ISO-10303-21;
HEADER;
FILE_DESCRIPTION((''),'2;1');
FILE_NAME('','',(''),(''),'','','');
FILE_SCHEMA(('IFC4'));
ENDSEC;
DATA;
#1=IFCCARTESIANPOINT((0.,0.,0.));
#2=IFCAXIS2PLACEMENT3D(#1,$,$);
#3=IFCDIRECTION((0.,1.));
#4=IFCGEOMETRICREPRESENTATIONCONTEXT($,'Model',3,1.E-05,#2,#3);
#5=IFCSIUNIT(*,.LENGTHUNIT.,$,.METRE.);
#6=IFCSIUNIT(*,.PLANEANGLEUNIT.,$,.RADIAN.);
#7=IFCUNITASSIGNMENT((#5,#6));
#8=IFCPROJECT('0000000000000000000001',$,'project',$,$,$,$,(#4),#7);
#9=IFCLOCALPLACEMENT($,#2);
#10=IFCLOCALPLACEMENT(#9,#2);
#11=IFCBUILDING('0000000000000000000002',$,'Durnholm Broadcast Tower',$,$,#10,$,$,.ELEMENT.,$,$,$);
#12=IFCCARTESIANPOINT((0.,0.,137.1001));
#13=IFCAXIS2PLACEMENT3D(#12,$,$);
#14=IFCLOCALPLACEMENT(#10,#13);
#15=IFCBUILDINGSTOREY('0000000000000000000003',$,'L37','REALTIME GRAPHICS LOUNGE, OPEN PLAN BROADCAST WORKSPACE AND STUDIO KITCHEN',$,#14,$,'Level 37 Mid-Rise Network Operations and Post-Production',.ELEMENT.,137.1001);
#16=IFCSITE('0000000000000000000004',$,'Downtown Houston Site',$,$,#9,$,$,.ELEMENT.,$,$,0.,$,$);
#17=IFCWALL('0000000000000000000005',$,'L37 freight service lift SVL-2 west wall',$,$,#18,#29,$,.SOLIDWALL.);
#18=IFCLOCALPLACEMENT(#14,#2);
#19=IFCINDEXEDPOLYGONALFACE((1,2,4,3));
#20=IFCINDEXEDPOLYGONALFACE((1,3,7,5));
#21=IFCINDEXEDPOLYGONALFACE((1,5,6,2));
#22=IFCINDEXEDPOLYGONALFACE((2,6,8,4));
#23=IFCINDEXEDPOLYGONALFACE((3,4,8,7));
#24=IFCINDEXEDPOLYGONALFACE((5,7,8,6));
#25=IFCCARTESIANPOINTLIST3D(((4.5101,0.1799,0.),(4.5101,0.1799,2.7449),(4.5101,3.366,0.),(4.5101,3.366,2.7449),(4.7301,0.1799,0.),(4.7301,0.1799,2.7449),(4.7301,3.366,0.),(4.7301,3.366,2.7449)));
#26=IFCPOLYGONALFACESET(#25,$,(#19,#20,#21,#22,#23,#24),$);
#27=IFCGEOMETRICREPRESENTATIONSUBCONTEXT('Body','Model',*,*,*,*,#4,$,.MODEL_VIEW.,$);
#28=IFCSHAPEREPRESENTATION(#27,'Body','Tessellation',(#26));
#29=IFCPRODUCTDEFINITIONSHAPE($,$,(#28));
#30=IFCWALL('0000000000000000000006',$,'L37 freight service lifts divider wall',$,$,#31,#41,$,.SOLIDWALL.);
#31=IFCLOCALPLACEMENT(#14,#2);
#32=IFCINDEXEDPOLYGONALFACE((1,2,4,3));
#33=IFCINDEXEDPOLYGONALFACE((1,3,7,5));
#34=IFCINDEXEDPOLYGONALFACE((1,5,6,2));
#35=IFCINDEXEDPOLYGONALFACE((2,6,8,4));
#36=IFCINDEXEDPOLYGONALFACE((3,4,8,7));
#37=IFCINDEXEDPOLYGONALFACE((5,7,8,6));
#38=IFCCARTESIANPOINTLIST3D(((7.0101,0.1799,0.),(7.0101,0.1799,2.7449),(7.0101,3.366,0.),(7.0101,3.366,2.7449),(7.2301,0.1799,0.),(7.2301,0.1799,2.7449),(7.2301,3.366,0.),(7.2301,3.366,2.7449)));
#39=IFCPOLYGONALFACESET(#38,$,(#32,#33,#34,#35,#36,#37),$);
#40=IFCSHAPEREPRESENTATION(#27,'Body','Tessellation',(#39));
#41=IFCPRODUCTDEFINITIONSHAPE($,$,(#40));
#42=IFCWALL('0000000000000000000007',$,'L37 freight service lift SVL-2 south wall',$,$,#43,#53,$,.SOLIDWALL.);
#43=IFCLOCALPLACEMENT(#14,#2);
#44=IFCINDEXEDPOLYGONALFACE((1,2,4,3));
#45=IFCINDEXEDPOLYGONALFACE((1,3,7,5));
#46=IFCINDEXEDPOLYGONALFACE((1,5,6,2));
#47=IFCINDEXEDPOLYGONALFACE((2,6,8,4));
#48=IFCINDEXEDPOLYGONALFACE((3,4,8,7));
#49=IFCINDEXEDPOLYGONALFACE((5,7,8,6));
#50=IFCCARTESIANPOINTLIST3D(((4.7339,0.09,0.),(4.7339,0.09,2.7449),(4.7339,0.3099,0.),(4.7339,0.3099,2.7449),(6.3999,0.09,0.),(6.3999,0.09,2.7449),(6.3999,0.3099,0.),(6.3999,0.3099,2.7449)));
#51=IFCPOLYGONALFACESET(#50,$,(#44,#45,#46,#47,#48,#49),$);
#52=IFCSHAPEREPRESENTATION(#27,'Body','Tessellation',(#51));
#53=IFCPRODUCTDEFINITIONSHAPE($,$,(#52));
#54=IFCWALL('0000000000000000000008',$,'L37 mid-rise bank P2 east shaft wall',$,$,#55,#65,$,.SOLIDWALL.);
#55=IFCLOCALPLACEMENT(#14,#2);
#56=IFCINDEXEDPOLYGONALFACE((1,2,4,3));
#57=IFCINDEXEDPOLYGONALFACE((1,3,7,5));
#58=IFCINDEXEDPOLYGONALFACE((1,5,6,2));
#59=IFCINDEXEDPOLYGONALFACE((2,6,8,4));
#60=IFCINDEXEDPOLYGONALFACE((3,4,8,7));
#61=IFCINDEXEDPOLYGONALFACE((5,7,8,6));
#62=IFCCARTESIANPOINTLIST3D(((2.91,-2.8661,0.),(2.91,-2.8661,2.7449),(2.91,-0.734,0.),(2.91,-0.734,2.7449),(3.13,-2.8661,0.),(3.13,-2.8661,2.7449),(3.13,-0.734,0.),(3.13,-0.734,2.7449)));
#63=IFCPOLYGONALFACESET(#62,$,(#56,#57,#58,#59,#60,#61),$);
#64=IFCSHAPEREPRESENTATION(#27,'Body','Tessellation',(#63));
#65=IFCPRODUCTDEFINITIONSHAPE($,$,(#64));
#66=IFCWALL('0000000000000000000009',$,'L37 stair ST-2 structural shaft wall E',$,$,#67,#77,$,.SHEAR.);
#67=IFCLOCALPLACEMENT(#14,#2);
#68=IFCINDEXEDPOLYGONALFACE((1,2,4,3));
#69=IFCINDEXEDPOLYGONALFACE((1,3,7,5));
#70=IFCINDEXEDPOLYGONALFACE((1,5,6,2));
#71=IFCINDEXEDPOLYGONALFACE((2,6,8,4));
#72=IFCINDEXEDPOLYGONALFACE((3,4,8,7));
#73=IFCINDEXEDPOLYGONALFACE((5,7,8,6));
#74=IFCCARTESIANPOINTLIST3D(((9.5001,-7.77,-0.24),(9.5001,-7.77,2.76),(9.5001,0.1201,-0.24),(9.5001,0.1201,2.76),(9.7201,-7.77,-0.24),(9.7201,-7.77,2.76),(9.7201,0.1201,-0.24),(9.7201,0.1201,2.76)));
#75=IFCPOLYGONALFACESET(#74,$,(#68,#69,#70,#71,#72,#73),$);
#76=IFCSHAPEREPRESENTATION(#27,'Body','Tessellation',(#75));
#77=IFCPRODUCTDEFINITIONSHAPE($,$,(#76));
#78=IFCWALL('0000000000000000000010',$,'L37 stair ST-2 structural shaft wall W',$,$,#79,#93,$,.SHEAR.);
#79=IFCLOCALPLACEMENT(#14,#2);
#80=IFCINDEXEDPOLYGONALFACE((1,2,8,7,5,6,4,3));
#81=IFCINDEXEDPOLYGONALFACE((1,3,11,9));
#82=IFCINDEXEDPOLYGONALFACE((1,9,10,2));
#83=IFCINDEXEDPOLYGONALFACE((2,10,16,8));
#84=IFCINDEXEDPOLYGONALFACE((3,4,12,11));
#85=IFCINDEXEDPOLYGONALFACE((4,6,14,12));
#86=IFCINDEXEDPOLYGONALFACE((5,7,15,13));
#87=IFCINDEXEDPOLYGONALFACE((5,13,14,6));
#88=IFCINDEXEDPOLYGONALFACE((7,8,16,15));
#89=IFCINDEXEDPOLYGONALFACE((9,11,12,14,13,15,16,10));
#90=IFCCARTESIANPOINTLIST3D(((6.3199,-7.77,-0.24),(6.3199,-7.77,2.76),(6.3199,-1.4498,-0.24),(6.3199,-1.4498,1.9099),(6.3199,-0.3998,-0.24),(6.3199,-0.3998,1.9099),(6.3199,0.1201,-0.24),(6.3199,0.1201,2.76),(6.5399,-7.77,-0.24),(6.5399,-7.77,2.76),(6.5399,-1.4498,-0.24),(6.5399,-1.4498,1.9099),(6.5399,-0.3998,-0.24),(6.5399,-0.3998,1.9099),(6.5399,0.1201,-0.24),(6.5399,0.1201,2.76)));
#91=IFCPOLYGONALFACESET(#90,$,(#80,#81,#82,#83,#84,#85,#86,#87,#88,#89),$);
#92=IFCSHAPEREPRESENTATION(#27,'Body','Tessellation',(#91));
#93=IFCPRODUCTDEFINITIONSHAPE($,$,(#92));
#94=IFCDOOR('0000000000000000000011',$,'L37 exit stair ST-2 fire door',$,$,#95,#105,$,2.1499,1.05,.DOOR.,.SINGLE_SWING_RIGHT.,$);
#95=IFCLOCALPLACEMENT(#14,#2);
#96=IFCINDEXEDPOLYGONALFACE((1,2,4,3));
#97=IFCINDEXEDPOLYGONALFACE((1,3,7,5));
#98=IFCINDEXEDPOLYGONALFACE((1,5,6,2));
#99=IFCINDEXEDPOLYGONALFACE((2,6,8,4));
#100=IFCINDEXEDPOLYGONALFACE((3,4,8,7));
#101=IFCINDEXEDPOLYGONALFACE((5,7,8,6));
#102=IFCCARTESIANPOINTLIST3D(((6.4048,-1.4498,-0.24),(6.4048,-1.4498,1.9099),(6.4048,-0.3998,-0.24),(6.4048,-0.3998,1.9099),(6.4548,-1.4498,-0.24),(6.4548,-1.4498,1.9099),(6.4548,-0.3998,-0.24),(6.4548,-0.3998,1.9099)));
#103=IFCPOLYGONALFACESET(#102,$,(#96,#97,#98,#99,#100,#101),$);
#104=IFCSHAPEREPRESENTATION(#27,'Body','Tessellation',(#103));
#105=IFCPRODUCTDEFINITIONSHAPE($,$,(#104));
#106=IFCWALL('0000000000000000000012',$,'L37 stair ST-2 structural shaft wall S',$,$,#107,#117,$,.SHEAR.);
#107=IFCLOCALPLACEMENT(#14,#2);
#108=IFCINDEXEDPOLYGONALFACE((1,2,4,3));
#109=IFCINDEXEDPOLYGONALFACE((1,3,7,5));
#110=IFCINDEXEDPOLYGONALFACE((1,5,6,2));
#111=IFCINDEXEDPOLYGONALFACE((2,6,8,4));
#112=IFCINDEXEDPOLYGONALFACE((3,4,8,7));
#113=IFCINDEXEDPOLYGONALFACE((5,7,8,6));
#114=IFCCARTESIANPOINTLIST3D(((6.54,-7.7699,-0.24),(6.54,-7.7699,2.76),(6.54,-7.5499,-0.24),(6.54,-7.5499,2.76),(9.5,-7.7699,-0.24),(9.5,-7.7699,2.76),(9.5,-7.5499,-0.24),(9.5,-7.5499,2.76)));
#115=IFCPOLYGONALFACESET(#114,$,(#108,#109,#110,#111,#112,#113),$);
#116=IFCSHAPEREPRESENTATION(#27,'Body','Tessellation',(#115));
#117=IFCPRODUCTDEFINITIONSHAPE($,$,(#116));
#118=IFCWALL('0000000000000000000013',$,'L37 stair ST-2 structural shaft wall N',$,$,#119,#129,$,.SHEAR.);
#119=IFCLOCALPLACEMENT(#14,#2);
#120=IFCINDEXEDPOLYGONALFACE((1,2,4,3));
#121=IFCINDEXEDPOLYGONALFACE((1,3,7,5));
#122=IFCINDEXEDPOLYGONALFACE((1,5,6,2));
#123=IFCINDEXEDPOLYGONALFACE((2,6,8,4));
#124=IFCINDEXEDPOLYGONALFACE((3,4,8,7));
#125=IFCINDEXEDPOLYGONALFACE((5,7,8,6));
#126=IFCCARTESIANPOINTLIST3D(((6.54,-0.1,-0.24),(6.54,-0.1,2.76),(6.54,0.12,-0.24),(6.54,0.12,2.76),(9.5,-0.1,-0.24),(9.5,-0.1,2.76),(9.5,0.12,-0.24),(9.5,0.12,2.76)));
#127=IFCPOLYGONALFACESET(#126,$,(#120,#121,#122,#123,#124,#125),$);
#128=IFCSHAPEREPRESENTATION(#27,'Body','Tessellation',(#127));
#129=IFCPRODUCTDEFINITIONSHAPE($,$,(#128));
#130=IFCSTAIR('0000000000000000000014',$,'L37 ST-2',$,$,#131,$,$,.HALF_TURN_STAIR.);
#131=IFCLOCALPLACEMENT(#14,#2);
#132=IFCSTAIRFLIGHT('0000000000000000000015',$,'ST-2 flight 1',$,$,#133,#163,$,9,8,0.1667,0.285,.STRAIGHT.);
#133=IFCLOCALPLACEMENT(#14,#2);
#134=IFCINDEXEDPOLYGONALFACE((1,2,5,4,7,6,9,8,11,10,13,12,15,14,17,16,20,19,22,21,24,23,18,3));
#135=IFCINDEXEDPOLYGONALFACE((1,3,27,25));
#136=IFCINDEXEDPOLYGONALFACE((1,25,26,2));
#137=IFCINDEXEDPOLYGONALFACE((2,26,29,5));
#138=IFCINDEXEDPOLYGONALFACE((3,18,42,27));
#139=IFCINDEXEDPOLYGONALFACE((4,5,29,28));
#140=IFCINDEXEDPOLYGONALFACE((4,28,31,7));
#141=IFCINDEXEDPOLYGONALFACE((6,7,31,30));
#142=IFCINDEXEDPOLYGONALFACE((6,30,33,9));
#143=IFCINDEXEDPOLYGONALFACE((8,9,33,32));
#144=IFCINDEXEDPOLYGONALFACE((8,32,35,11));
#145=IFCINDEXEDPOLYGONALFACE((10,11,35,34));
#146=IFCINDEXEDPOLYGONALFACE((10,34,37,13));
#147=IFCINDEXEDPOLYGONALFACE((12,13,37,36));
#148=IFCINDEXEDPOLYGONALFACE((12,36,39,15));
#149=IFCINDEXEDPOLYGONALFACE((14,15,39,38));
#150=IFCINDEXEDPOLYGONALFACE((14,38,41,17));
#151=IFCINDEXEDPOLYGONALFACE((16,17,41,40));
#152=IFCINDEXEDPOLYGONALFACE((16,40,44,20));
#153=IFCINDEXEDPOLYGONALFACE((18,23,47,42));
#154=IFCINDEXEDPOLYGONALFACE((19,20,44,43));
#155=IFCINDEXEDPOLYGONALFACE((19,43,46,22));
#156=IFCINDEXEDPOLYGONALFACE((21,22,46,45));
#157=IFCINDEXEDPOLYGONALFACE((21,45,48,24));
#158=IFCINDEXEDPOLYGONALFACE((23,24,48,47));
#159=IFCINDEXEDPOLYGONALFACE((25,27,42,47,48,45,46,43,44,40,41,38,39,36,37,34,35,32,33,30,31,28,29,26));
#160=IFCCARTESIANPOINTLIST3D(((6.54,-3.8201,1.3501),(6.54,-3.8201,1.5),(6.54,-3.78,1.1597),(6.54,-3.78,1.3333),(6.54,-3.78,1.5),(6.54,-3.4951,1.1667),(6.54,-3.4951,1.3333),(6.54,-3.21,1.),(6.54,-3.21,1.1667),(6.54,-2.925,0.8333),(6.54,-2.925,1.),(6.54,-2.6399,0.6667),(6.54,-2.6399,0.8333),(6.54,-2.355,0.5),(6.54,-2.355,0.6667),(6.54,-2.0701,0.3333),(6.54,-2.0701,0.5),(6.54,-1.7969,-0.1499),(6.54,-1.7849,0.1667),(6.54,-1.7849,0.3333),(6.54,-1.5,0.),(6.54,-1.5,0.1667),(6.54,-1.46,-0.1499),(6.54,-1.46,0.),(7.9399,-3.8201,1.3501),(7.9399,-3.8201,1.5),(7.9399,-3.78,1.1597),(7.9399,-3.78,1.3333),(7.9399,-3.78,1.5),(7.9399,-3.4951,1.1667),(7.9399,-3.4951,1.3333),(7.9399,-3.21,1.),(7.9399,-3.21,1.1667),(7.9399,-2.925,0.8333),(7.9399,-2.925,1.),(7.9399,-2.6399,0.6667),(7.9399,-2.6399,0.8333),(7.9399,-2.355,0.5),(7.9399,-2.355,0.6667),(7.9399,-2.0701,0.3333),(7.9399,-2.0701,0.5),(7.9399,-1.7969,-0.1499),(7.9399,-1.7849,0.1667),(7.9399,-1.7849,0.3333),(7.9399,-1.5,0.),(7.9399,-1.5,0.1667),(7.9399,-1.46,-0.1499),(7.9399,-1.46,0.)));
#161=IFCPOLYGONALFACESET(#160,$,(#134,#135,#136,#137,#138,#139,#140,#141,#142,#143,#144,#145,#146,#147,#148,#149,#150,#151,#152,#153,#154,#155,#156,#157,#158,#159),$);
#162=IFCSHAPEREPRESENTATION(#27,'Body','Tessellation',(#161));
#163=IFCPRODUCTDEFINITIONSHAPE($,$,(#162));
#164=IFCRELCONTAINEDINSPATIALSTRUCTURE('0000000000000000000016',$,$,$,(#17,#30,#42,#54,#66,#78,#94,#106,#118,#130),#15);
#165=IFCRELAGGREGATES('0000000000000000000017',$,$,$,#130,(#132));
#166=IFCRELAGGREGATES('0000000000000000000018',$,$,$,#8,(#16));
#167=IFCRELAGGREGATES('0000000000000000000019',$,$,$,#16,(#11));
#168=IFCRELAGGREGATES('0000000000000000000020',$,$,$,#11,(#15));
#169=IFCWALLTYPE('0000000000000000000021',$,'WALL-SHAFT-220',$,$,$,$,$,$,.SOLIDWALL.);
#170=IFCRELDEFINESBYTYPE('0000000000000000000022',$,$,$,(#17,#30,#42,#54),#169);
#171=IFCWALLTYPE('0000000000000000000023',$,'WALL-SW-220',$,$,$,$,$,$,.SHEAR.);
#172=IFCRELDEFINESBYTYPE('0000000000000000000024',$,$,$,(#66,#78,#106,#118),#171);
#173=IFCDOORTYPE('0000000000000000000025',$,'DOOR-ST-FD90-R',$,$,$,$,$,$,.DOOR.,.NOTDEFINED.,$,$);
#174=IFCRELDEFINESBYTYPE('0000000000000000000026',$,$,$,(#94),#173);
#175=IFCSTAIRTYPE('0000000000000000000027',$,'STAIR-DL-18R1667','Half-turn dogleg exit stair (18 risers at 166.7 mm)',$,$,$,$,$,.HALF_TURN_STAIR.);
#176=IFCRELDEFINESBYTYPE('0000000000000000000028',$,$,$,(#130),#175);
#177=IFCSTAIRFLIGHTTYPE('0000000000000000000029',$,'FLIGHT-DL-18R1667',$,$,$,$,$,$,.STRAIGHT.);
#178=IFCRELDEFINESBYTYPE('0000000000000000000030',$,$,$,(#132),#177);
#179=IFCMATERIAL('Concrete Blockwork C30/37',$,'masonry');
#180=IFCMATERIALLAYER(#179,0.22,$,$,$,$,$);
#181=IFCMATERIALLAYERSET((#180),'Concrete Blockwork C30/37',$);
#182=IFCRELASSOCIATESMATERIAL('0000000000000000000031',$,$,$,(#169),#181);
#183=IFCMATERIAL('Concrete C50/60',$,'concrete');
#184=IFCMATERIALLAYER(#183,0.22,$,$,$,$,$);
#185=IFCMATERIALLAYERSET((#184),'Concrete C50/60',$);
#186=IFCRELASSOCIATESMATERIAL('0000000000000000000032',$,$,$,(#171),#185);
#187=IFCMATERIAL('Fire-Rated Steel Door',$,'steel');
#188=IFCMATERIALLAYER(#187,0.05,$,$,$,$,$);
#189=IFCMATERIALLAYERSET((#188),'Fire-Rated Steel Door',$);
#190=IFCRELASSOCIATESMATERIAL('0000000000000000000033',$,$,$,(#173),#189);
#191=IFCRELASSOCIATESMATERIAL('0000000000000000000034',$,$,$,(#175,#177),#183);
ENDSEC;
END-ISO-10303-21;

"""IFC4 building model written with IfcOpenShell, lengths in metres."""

from ifc_helpers import new_model, si_unit, direction, frame, frame_2d, origin, place, context, subcontext, project, spatial, polyline, rectangle, outline, extrude, source, transform, mapped, material, layer, layer_set, type_object, type_shapes, element, fill, aggregate, save


model = new_model("IFC4")

# Units and contexts
model_context = context("Model", 3, precision=1e-05, world=origin(), true_north=direction((0.0, 1.0)))
body_context = subcontext(model_context, "Body", "Model", "MODEL_VIEW")
ifc_project = project(units=[si_unit("LENGTHUNIT", "METRE"), si_unit("PLANEANGLEUNIT", "RADIAN")], contexts=[model_context])

# Site, building, storey
site_placement = place(None, origin())
site = spatial("IfcSite", under=ifc_project, at=site_placement, Name="Downtown Houston Site", CompositionType="ELEMENT", RefElevation=0.0)
building_placement = place(site_placement, origin())
building = spatial("IfcBuilding", under=site, at=building_placement, Name="Durnholm Broadcast Tower", CompositionType="ELEMENT")
storey_placement = place(building_placement, frame((0.0, 0.0, 137.1001)))
storey = spatial("IfcBuildingStorey", under=building, at=storey_placement, Name="L37", Description="REALTIME GRAPHICS LOUNGE, OPEN PLAN BROADCAST WORKSPACE AND STUDIO KITCHEN", LongName="Level 37 Mid-Rise Network Operations and Post-Production", CompositionType="ELEMENT", Elevation=137.1001)

# Walls
ifc_material_1 = material(Name="Concrete Blockwork C30/37", Category="masonry")
ifc_layer_1 = layer(ifc_material_1, 0.22)
ifc_layer_set_1 = layer_set([ifc_layer_1], Name="Concrete Blockwork C30/37")
wall_type_1 = type_object("IfcWallType", Name="WALL-SHAFT-220", PredefinedType="SOLIDWALL", material=ifc_layer_set_1)
for number, where, z_axis, x_axis, name in (
    (1, (4.6201, 0.1799, 0.0), (0.0, 0.0, 1.0), (0.0, 1.0, 0.0), "L37 freight service lift SVL-2 west wall"),
    (2, (7.1201, 0.1799, 0.0), (0.0, 0.0, 1.0), (0.0, 1.0, 0.0), "L37 freight service lifts divider wall"),
):
    element("IfcWall", number, at=place(storey_placement, frame(where, z_axis=z_axis, x_axis=x_axis)), inside=storey, type_object=wall_type_1, Name=name, PredefinedType="SOLIDWALL", context=body_context, shape_type="SweptSolid", body=[
        extrude(rectangle(XDim=3.186, YDim=0.22, at=frame_2d((1.593, 0.0))), origin(), (0.0, 0.0, 1.0), 2.7449),
    ])
wall_1_placement = place(storey_placement, frame((4.7339, 0.2, 0.0), z_axis=(0.0, 0.0, 1.0), x_axis=(1.0, 0.0, 0.0)))
element("IfcWall", 3, at=wall_1_placement, inside=storey, type_object=wall_type_1, Name="L37 freight service lift SVL-2 south wall", PredefinedType="SOLIDWALL", context=body_context, shape_type="SweptSolid", body=[
    extrude(rectangle(XDim=1.666, YDim=0.22, at=frame_2d((0.833, 0.0))), origin(), (0.0, 0.0, 1.0), 2.7449),
])
wall_2_placement = place(storey_placement, frame((3.02, -2.866, 0.0), z_axis=(0.0, 0.0, 1.0), x_axis=(0.0, 1.0, 0.0)))
element("IfcWall", 4, at=wall_2_placement, inside=storey, type_object=wall_type_1, Name="L37 mid-rise bank P2 east shaft wall", PredefinedType="SOLIDWALL", context=body_context, shape_type="SweptSolid", body=[
    extrude(rectangle(XDim=2.1321, YDim=0.22, at=frame_2d((1.0659, 0.0))), origin(), (0.0, 0.0, 1.0), 2.7449),
])
ifc_material_2 = material(Name="Concrete C50/60", Category="concrete")
ifc_layer_2 = layer(ifc_material_2, 0.22)
ifc_layer_set_2 = layer_set([ifc_layer_2], Name="Concrete C50/60")
wall_type_2 = type_object("IfcWallType", Name="WALL-SW-220", PredefinedType="SHEAR", material=ifc_layer_set_2)
wall_3_placement = place(storey_placement, frame((9.6101, -7.77, -0.24), z_axis=(0.0, 0.0, 1.0), x_axis=(0.0, 1.0, 0.0)))
element("IfcWall", 5, at=wall_3_placement, inside=storey, type_object=wall_type_2, Name="L37 stair ST-2 structural shaft wall E", PredefinedType="SHEAR", context=body_context, shape_type="SweptSolid", body=[
    extrude(rectangle(XDim=7.8901, YDim=0.22, at=frame_2d((3.9451, 0.0))), origin(), (0.0, 0.0, 1.0), 3.0),
])

# Wall, opening, door
wall_4_placement = place(storey_placement, frame((6.4299, 0.1201, -0.24), z_axis=(0.0, 0.0, 1.0), x_axis=(0.0, -1.0, 0.0)))
wall_4 = element("IfcWall", 6, at=wall_4_placement, inside=storey, type_object=wall_type_2, Name="L37 stair ST-2 structural shaft wall W", PredefinedType="SHEAR", context=body_context, shape_type="SweptSolid", body=[
    extrude(rectangle(XDim=7.8901, YDim=0.22, at=frame_2d((3.9451, 0.0))), origin(), (0.0, 0.0, 1.0), 3.0),
])
opening_1_placement = place(wall_4_placement, frame((0.52, 0.0, 0.0)))
opening_1 = element("IfcOpeningElement", 7, at=opening_1_placement, cuts=wall_4, PredefinedType="OPENING", context=body_context, shape_type="SweptSolid", body=[
    extrude(rectangle(XDim=1.05, YDim=2.1499, at=frame_2d((0.5249, 1.075))), frame((0.0, 0.1201, 0.0), z_axis=(0.0, -1.0, 0.0), x_axis=(1.0, 0.0, 0.0)), (0.0, 0.0, 1.0), 0.24),
])
ifc_material_3 = material(Name="Fire-Rated Steel Door", Category="steel")
ifc_layer_3 = layer(ifc_material_3, 0.05)
ifc_layer_set_3 = layer_set([ifc_layer_3], Name="Fire-Rated Steel Door")
door_type_1 = type_object("IfcDoorType", Name="DOOR-ST-FD90-R", OperationType="NOTDEFINED", PredefinedType="DOOR", material=ifc_layer_set_3)
shared_shape_1 = source(origin(), body_context, "Body", "SweptSolid", [
    extrude(rectangle(XDim=1.05, YDim=2.1499, at=frame_2d((0.5249, 1.075))), frame((0.0, 0.0249, 0.0), z_axis=(0.0, -1.0, 0.0), x_axis=(1.0, 0.0, 0.0)), (0.0, 0.0, 1.0), 0.05),
])
type_shapes(door_type_1, [shared_shape_1])
door_1_placement = place(opening_1_placement, origin())
door_1 = element("IfcDoor", 8, at=door_1_placement, inside=storey, type_object=door_type_1, Name="L37 exit stair ST-2 fire door", OperationType="SINGLE_SWING_RIGHT", OverallHeight=2.1499, OverallWidth=1.05, PredefinedType="DOOR", context=body_context, shape_type="MappedRepresentation", body=[
    mapped(shared_shape_1, transform((0.0, 0.0, 0.0), x_axis=(1.0, 0.0, 0.0), y_axis=(0.0, 1.0, 0.0), z_axis=(0.0, 0.0, 1.0), scale=1.0)),
])
fill(opening_1, door_1)

# Walls
for number, where, z_axis, x_axis, name in (
    (9, (6.54, -7.6599, -0.24), (0.0, 0.0, 1.0), (1.0, 0.0, 0.0), "L37 stair ST-2 structural shaft wall S"),
    (10, (9.5, 0.01, -0.24), (0.0, 0.0, 1.0), (-1.0, 0.0, 0.0), "L37 stair ST-2 structural shaft wall N"),
):
    element("IfcWall", number, at=place(storey_placement, frame(where, z_axis=z_axis, x_axis=x_axis)), inside=storey, type_object=wall_type_2, Name=name, PredefinedType="SHEAR", context=body_context, shape_type="SweptSolid", body=[
        extrude(rectangle(XDim=2.96, YDim=0.22, at=frame_2d((1.48, 0.0))), origin(), (0.0, 0.0, 1.0), 3.0),
    ])

# Stair, stair flight
stair_type = type_object("IfcStairType", Name="STAIR-DL-18R1667", Description="Half-turn dogleg exit stair (18 risers at 166.7 mm)", PredefinedType="HALF_TURN_STAIR", material=ifc_material_2)
stair_placement = place(storey_placement, origin())
stair = element("IfcStair", 11, at=stair_placement, inside=storey, type_object=stair_type, Name="L37 ST-2", PredefinedType="HALF_TURN_STAIR")
stair_flight_type = type_object("IfcStairFlightType", Name="FLIGHT-DL-18R1667", PredefinedType="STRAIGHT", material=ifc_material_2)
stair_flight_1_placement = place(storey_placement, frame((7.24, -1.5, 0.0), z_axis=(0.0, 0.0, 1.0), x_axis=(0.0, -1.0, 0.0)))
stair_flight_1 = element("IfcStairFlight", 12, at=stair_flight_1_placement, type_object=stair_flight_type, Name="ST-2 flight 1", NumberOfRisers=9, NumberOfTreads=8, PredefinedType="STRAIGHT", RiserHeight=0.1667, TreadLength=0.285, context=body_context, shape_type="SweptSolid", body=[
    extrude(outline(polyline([(-0.04, -0.1499), (-0.04, 0.0), (0.0, 0.0), (0.0, 0.1667), (0.2849, 0.1667), (0.2849, 0.3333), (0.5701, 0.3333), (0.5701, 0.5), (0.855, 0.5), (0.855, 0.6667), (1.1399, 0.6667), (1.1399, 0.8333), (1.425, 0.8333), (1.425, 1.0), (1.71, 1.0), (1.71, 1.1667), (1.9951, 1.1667), (1.9951, 1.3333), (2.28, 1.3333), (2.28, 1.5), (2.3201, 1.5), (2.3201, 1.3501), (2.28, 1.1597), (0.2969, -0.1499), (-0.04, -0.1499)])), frame((0.0, 0.7, 0.0), z_axis=(0.0, -1.0, 0.0), x_axis=(1.0, 0.0, 0.0)), (0.0, 0.0, 1.0), 1.3999),
])
aggregate(stair, [stair_flight_1])

save(model, "model.ifc")
